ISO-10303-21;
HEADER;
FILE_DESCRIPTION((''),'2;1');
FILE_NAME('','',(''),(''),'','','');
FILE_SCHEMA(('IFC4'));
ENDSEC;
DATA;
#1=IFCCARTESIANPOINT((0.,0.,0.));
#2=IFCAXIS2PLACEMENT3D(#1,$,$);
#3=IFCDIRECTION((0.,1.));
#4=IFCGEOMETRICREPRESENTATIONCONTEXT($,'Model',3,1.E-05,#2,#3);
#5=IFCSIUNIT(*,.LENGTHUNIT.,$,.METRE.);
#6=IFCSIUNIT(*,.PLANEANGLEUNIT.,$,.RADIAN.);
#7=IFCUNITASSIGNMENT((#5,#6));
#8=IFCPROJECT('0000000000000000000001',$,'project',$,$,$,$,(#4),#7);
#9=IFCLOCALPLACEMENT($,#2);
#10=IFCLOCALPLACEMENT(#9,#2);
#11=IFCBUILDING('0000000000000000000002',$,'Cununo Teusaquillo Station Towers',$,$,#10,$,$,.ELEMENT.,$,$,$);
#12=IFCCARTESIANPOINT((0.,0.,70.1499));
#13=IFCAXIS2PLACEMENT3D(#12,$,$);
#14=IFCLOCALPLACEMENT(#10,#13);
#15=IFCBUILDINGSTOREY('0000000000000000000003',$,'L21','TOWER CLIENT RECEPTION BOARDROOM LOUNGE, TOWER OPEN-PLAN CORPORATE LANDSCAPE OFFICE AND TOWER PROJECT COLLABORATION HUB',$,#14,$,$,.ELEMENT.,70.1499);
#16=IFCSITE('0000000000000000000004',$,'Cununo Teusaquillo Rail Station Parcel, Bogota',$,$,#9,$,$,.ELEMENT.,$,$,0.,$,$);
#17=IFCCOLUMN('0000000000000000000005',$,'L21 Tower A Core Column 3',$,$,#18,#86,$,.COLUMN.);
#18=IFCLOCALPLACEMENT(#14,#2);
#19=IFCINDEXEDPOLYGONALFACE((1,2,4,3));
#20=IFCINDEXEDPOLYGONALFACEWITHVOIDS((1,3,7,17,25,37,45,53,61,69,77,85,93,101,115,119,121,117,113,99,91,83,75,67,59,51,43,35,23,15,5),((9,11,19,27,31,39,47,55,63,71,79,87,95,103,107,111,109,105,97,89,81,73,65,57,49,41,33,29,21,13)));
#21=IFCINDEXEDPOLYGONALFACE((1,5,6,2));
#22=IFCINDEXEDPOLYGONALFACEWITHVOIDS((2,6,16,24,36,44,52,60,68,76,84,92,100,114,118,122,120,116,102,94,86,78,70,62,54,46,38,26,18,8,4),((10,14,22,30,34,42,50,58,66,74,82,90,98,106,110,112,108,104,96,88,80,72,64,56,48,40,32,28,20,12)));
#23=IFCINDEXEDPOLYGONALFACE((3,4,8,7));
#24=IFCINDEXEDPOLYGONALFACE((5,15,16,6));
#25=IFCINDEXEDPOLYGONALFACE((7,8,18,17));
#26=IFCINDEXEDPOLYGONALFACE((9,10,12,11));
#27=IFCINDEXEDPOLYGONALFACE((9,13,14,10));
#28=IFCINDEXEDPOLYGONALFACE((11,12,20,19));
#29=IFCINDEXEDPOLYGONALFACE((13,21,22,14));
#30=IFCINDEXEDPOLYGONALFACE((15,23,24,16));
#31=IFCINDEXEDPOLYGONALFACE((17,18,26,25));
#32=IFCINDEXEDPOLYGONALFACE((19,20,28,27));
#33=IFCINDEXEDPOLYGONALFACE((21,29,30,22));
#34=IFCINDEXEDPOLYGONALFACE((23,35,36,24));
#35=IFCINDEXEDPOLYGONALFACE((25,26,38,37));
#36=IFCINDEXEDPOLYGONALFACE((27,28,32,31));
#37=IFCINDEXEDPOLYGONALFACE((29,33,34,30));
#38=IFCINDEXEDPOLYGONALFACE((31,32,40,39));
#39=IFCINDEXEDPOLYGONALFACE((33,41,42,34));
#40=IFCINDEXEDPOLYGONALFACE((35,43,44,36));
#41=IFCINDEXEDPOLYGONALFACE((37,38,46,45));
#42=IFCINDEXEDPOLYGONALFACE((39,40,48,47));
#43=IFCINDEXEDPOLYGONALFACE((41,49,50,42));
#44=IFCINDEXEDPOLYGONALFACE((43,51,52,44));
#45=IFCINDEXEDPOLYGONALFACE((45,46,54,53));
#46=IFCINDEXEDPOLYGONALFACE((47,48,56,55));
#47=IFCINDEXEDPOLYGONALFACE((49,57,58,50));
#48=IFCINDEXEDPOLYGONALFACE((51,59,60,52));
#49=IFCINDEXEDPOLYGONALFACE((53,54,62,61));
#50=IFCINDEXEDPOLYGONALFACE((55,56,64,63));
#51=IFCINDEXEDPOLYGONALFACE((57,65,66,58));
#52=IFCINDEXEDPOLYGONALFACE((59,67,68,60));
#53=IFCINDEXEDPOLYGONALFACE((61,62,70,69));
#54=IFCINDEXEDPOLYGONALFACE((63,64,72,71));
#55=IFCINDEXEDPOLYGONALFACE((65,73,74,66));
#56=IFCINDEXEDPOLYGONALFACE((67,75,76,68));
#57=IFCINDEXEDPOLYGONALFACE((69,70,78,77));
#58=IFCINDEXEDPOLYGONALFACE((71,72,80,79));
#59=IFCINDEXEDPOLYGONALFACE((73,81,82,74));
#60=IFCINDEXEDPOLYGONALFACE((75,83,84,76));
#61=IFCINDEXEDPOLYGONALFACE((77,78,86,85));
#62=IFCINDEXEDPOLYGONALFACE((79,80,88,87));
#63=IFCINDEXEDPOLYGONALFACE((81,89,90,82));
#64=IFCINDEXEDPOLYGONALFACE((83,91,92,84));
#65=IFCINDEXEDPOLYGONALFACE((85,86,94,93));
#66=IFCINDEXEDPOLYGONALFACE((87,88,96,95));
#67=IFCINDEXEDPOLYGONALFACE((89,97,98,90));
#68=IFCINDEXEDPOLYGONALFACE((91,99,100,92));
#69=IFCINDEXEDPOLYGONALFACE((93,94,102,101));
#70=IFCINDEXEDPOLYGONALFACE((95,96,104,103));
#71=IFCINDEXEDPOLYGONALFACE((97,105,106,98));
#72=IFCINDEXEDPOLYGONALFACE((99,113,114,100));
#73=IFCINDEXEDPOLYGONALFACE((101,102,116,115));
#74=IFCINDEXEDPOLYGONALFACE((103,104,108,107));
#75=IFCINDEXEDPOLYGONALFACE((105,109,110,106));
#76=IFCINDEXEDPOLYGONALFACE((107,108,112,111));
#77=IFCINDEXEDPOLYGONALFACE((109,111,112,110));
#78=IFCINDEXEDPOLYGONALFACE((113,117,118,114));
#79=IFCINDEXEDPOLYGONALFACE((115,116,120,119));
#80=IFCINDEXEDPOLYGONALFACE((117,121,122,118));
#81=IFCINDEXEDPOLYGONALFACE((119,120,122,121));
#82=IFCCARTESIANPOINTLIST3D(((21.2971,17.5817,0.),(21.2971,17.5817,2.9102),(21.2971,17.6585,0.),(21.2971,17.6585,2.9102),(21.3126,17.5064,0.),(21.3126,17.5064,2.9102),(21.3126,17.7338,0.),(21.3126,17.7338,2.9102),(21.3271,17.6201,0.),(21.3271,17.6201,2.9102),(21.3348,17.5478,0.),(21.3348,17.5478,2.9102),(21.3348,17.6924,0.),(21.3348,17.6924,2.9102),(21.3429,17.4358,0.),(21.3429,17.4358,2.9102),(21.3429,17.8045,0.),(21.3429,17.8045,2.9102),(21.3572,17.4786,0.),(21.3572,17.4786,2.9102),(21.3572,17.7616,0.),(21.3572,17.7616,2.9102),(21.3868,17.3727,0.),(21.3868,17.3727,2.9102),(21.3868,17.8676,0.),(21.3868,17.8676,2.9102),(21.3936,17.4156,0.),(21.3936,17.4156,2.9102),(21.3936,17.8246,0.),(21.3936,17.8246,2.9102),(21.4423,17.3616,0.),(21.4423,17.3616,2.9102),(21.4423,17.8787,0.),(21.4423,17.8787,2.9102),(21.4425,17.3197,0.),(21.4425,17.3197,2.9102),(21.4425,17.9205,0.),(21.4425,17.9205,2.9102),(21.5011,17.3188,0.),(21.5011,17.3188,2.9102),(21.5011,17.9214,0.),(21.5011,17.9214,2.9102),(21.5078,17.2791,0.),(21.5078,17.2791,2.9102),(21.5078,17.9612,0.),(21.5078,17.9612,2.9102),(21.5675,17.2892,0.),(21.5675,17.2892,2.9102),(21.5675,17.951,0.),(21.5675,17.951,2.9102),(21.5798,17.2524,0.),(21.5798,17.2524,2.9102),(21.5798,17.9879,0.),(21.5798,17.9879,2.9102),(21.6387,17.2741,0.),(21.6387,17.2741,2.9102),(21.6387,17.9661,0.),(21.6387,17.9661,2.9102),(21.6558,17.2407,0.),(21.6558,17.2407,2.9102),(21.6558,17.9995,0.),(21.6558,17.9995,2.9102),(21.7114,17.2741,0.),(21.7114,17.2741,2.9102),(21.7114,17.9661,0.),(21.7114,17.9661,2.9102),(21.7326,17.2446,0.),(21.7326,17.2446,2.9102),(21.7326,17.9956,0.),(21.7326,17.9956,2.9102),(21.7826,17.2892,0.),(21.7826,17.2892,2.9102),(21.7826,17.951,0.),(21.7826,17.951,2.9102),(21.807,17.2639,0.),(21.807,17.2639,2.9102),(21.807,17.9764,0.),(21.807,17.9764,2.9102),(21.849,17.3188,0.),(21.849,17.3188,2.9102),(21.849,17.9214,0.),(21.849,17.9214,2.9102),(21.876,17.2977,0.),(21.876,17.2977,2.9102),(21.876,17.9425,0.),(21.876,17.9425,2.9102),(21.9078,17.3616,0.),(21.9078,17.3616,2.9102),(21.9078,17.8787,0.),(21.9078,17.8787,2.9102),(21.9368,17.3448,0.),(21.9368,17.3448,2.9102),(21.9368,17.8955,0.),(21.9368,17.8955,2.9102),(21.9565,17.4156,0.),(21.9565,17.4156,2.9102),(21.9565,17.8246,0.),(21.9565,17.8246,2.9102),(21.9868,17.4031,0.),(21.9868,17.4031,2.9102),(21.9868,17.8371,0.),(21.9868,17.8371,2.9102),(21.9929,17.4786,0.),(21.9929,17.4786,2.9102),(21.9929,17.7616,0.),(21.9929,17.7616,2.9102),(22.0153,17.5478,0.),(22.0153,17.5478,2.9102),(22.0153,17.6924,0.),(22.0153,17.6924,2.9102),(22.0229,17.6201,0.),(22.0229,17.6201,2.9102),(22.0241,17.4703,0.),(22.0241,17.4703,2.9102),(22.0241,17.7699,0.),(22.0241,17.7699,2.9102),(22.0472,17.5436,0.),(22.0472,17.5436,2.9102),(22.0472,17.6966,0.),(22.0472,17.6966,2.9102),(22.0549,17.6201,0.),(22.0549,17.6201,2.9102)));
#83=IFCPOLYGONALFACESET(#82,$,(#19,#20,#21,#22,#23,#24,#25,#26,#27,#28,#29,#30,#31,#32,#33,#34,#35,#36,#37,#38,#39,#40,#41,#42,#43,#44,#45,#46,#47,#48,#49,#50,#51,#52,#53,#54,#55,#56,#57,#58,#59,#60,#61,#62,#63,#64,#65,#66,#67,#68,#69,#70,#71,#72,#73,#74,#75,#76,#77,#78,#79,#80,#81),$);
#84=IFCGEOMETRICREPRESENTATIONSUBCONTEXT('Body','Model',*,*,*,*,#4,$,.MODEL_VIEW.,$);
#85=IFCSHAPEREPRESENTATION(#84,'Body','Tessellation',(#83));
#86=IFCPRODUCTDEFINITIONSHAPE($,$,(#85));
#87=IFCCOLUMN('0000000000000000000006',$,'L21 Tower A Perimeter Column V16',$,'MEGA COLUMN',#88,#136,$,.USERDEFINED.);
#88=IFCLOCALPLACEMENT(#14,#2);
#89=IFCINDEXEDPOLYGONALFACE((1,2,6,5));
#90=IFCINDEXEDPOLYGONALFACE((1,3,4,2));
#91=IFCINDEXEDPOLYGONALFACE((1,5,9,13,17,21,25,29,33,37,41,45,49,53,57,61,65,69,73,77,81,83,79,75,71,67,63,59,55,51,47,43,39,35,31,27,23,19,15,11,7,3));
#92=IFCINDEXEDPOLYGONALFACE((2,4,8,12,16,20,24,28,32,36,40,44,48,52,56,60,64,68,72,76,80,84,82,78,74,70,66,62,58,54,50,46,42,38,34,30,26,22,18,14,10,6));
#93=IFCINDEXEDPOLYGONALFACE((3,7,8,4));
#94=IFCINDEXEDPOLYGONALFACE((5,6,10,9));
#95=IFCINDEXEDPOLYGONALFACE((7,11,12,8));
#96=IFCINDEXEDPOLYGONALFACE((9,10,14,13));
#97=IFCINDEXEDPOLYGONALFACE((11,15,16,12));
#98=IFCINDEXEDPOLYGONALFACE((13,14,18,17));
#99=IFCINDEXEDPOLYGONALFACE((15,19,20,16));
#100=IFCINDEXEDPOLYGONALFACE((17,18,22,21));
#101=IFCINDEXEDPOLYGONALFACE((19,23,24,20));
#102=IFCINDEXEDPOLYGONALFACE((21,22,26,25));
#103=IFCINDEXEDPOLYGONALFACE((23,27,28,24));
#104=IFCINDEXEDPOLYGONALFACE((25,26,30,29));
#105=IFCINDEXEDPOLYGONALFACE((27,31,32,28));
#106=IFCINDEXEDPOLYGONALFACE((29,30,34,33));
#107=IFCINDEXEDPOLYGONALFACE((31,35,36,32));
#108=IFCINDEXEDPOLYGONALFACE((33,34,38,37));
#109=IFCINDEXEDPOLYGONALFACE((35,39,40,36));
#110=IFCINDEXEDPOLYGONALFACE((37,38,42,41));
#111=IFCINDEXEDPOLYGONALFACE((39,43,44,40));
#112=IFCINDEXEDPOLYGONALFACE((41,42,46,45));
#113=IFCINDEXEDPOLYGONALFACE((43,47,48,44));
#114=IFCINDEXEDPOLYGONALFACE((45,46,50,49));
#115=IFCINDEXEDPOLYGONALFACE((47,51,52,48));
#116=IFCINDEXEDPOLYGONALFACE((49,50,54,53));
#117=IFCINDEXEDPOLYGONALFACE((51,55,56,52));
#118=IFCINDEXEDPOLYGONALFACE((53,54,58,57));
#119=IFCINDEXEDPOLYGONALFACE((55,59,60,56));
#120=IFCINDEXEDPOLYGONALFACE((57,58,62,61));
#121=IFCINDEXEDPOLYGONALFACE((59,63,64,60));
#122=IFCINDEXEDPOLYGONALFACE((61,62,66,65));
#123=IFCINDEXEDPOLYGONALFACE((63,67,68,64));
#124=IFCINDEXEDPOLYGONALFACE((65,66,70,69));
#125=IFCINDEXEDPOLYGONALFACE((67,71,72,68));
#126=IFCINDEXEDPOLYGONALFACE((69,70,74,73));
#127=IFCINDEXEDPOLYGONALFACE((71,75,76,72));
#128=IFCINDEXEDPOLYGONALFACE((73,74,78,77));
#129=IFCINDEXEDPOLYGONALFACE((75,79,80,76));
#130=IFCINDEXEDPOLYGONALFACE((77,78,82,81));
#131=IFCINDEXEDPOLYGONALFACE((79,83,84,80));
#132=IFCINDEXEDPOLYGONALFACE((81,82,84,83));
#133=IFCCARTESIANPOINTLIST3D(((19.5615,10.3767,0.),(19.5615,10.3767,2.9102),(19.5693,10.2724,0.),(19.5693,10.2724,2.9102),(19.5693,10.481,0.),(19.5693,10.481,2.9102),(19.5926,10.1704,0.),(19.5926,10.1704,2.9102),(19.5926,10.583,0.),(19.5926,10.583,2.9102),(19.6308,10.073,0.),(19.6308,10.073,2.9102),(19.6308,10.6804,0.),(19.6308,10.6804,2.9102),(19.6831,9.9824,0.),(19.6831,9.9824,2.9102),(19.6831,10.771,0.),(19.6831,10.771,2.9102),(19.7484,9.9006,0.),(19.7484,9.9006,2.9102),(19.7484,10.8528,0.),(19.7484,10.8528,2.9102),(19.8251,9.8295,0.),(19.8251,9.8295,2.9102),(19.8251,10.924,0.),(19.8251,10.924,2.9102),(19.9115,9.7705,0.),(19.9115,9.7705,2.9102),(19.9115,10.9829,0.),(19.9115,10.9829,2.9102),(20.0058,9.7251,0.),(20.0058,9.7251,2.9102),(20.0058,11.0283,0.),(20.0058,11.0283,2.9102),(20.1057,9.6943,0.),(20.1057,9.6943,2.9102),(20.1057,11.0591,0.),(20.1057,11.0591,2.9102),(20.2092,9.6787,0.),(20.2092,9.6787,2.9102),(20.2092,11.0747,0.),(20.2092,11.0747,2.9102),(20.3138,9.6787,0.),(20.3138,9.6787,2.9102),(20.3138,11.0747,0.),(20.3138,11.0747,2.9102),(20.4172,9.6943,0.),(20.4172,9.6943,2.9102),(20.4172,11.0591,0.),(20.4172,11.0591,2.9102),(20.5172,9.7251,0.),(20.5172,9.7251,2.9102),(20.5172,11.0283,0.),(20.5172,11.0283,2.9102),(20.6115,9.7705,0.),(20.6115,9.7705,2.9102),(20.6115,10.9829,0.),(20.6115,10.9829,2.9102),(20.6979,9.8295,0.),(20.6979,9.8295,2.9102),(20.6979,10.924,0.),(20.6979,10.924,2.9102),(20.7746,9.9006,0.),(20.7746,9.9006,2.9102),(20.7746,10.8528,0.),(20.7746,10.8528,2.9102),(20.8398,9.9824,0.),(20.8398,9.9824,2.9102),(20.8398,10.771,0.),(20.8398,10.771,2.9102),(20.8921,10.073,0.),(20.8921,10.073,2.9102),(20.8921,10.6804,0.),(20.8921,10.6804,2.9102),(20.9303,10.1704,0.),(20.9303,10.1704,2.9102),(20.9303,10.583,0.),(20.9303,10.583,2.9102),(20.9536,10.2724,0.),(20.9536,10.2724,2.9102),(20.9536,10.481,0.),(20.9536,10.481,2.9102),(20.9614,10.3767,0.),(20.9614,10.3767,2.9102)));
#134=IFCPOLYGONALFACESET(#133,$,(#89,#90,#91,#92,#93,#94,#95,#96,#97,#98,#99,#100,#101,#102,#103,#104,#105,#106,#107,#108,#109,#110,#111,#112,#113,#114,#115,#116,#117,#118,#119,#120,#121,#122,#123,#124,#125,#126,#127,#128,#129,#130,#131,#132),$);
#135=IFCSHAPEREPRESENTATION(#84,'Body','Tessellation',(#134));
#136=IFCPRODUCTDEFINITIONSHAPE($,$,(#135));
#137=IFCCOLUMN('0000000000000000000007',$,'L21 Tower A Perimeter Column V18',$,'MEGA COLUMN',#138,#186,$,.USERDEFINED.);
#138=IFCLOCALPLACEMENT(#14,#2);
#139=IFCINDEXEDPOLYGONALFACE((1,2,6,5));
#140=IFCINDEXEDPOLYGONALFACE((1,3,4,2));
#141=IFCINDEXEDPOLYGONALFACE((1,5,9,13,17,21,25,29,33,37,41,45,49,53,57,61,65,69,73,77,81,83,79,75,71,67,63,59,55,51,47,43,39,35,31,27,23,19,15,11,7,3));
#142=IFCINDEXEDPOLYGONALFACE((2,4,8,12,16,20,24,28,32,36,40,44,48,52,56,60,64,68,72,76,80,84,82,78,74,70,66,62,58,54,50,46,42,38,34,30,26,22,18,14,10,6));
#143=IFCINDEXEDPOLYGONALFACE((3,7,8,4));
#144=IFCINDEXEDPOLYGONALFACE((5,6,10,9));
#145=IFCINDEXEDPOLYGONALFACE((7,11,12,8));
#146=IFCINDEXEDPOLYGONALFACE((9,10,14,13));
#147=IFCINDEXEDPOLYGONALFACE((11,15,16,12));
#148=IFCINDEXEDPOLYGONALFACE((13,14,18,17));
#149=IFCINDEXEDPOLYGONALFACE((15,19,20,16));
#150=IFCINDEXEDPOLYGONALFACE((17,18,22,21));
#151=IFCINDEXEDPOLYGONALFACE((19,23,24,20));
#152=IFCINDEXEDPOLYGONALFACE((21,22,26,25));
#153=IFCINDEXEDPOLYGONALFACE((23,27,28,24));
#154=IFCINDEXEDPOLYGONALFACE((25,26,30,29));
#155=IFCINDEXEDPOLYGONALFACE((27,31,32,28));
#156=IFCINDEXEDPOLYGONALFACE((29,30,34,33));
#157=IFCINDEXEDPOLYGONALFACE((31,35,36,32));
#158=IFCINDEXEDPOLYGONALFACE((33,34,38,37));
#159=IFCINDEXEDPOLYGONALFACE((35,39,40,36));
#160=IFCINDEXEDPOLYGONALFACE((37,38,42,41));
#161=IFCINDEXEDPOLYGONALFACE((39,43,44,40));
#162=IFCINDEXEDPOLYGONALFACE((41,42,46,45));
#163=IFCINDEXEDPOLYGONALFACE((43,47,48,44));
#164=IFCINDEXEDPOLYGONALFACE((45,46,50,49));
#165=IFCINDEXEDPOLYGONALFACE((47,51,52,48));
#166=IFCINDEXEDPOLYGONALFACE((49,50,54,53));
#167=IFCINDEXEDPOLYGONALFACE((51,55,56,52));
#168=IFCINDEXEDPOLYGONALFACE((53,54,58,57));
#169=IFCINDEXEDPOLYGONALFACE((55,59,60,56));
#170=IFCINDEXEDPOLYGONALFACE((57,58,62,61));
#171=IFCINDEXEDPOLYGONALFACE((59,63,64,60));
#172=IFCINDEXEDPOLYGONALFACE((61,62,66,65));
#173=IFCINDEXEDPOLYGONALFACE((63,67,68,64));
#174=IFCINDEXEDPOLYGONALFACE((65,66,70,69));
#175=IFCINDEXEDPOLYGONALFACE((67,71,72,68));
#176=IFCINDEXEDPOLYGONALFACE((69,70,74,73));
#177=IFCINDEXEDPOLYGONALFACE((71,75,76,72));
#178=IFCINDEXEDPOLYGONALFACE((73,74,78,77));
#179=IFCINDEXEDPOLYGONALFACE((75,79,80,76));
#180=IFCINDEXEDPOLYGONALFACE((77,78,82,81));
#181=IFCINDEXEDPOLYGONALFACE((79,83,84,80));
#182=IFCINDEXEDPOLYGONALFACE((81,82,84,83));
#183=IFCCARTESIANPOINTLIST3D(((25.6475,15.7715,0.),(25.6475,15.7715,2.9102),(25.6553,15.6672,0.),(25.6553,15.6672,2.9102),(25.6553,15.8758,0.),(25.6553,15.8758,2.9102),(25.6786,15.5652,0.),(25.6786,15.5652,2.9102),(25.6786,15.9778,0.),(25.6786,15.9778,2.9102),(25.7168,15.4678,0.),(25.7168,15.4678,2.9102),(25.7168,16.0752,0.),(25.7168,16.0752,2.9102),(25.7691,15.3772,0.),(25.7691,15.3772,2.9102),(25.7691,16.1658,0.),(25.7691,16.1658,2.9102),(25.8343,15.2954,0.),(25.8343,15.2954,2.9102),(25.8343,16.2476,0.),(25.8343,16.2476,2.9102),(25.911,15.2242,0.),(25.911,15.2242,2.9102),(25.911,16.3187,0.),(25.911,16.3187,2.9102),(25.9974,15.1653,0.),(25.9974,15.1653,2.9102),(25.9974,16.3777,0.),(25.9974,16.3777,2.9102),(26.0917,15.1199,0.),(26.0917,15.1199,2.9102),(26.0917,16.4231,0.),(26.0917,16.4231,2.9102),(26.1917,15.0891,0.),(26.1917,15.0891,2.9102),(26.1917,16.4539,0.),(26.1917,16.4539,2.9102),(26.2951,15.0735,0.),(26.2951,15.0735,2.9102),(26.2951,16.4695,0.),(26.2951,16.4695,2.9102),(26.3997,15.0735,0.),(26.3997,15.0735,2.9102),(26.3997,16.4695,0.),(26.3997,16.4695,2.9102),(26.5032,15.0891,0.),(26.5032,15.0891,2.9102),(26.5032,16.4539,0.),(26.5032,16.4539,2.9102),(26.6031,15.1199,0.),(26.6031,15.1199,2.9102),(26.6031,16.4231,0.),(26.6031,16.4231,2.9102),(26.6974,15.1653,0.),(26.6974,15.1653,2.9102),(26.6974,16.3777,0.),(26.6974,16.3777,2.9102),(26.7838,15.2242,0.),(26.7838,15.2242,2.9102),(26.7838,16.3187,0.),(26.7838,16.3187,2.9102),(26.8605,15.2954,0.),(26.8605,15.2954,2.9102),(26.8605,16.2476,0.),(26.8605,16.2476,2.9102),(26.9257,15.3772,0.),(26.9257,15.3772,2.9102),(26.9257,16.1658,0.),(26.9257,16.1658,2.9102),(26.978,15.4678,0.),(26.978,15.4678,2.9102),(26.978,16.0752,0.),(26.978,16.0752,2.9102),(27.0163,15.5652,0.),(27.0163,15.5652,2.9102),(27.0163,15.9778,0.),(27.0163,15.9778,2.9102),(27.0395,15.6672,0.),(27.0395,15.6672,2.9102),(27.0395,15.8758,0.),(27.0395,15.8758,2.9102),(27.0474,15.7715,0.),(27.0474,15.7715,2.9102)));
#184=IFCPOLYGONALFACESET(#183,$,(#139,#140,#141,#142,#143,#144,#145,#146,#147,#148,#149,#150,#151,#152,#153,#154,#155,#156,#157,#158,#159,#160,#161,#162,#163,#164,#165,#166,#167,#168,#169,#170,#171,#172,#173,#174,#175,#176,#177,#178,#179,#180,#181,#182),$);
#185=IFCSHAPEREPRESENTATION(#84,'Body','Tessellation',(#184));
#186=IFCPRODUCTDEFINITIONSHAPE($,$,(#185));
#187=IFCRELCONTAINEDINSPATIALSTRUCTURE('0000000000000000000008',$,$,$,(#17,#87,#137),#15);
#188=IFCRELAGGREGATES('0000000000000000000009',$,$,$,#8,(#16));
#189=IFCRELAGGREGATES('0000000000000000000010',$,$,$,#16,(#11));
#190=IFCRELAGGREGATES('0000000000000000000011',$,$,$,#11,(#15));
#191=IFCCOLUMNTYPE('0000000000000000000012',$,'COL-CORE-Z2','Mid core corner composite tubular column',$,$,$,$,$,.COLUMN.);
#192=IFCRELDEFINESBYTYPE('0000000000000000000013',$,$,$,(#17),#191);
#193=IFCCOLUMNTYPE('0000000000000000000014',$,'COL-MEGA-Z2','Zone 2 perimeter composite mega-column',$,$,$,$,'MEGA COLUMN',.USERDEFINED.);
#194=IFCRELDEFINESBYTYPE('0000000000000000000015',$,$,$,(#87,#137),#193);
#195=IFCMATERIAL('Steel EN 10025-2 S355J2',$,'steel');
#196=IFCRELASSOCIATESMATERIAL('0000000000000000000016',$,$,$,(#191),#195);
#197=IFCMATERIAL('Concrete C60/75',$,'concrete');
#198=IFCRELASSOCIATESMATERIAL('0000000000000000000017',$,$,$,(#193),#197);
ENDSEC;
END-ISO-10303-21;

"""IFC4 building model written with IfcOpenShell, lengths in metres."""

from ifc_helpers import new_model, si_unit, direction, frame, origin, origin_2d, place, context, subcontext, project, spatial, circle, hollow_circle, extrude, material, material_profile, profile_set, type_object, element, save


model = new_model("IFC4")

# Units and contexts
model_context = context("Model", 3, precision=1e-05, world=origin(), true_north=direction((0.0, 1.0)))
body_context = subcontext(model_context, "Body", "Model", "MODEL_VIEW")
ifc_project = project(units=[si_unit("LENGTHUNIT", "METRE"), si_unit("PLANEANGLEUNIT", "RADIAN")], contexts=[model_context])

# Site, building, storey
site_placement = place(None, origin())
site = spatial("IfcSite", under=ifc_project, at=site_placement, Name="Cununo Teusaquillo Rail Station Parcel, Bogota", CompositionType="ELEMENT", RefElevation=0.0)
building_placement = place(site_placement, origin())
building = spatial("IfcBuilding", under=site, at=building_placement, Name="Cununo Teusaquillo Station Towers", CompositionType="ELEMENT")
storey_placement = place(building_placement, frame((0.0, 0.0, 70.1499)))
storey = spatial("IfcBuildingStorey", under=building, at=storey_placement, Name="L21", Description="TOWER CLIENT RECEPTION BOARDROOM LOUNGE, TOWER OPEN-PLAN CORPORATE LANDSCAPE OFFICE AND TOWER PROJECT COLLABORATION HUB", CompositionType="ELEMENT", Elevation=70.1499)

# Columns
ifc_material_1 = material(Name="Steel EN 10025-2 S355J2", Category="steel")
ifc_material_profile_1 = material_profile(ifc_material_1, hollow_circle(Radius=0.3799, WallThickness=0.032, at=origin_2d()), Name="CHS 760x32")
ifc_profile_set_1 = profile_set([ifc_material_profile_1], Name="Steel EN 10025-2 S355J2")
column_type_1 = type_object("IfcColumnType", Name="COL-CORE-Z2", Description="Mid core corner composite tubular column", PredefinedType="COLUMN", material=ifc_profile_set_1)
column_placement = place(storey_placement, frame((21.675, 17.6201, 0.0), z_axis=(0.0, 0.0, 1.0), x_axis=(1.0, 0.0, 0.0)))
element("IfcColumn", 1, at=column_placement, inside=storey, type_object=column_type_1, Name="L21 Tower A Core Column 3", PredefinedType="COLUMN", context=body_context, shape_type="SweptSolid", body=[
    extrude(hollow_circle(Radius=0.3799, WallThickness=0.032, at=origin_2d()), origin(), (0.0, 0.0, 1.0), 2.9102),
])
ifc_material_2 = material(Name="Concrete C60/75", Category="concrete")
ifc_material_profile_2 = material_profile(ifc_material_2, circle(Radius=0.7, at=origin_2d()), Name="RC-CIRC-1400")
ifc_profile_set_2 = profile_set([ifc_material_profile_2], Name="Concrete C60/75")
column_type_2 = type_object("IfcColumnType", Name="COL-MEGA-Z2", Description="Zone 2 perimeter composite mega-column", ElementType="MEGA COLUMN", PredefinedType="USERDEFINED", material=ifc_profile_set_2)
for number, where, z_axis, x_axis, name in (
    (2, (20.2615, 10.3767, 0.0), (0.0, 0.0, 1.0), (1.0, 0.0, 0.0), "L21 Tower A Perimeter Column V16"),
    (3, (26.3474, 15.7715, 0.0), (0.0, 0.0, 1.0), (1.0, 0.0, 0.0), "L21 Tower A Perimeter Column V18"),
):
    element("IfcColumn", number, at=place(storey_placement, frame(where, z_axis=z_axis, x_axis=x_axis)), inside=storey, type_object=column_type_2, Name=name, ObjectType="MEGA COLUMN", PredefinedType="USERDEFINED", context=body_context, shape_type="SweptSolid", body=[
        extrude(circle(Radius=0.7, at=origin_2d()), origin(), (0.0, 0.0, 1.0), 2.9102),
    ])

save(model, "model.ifc")
